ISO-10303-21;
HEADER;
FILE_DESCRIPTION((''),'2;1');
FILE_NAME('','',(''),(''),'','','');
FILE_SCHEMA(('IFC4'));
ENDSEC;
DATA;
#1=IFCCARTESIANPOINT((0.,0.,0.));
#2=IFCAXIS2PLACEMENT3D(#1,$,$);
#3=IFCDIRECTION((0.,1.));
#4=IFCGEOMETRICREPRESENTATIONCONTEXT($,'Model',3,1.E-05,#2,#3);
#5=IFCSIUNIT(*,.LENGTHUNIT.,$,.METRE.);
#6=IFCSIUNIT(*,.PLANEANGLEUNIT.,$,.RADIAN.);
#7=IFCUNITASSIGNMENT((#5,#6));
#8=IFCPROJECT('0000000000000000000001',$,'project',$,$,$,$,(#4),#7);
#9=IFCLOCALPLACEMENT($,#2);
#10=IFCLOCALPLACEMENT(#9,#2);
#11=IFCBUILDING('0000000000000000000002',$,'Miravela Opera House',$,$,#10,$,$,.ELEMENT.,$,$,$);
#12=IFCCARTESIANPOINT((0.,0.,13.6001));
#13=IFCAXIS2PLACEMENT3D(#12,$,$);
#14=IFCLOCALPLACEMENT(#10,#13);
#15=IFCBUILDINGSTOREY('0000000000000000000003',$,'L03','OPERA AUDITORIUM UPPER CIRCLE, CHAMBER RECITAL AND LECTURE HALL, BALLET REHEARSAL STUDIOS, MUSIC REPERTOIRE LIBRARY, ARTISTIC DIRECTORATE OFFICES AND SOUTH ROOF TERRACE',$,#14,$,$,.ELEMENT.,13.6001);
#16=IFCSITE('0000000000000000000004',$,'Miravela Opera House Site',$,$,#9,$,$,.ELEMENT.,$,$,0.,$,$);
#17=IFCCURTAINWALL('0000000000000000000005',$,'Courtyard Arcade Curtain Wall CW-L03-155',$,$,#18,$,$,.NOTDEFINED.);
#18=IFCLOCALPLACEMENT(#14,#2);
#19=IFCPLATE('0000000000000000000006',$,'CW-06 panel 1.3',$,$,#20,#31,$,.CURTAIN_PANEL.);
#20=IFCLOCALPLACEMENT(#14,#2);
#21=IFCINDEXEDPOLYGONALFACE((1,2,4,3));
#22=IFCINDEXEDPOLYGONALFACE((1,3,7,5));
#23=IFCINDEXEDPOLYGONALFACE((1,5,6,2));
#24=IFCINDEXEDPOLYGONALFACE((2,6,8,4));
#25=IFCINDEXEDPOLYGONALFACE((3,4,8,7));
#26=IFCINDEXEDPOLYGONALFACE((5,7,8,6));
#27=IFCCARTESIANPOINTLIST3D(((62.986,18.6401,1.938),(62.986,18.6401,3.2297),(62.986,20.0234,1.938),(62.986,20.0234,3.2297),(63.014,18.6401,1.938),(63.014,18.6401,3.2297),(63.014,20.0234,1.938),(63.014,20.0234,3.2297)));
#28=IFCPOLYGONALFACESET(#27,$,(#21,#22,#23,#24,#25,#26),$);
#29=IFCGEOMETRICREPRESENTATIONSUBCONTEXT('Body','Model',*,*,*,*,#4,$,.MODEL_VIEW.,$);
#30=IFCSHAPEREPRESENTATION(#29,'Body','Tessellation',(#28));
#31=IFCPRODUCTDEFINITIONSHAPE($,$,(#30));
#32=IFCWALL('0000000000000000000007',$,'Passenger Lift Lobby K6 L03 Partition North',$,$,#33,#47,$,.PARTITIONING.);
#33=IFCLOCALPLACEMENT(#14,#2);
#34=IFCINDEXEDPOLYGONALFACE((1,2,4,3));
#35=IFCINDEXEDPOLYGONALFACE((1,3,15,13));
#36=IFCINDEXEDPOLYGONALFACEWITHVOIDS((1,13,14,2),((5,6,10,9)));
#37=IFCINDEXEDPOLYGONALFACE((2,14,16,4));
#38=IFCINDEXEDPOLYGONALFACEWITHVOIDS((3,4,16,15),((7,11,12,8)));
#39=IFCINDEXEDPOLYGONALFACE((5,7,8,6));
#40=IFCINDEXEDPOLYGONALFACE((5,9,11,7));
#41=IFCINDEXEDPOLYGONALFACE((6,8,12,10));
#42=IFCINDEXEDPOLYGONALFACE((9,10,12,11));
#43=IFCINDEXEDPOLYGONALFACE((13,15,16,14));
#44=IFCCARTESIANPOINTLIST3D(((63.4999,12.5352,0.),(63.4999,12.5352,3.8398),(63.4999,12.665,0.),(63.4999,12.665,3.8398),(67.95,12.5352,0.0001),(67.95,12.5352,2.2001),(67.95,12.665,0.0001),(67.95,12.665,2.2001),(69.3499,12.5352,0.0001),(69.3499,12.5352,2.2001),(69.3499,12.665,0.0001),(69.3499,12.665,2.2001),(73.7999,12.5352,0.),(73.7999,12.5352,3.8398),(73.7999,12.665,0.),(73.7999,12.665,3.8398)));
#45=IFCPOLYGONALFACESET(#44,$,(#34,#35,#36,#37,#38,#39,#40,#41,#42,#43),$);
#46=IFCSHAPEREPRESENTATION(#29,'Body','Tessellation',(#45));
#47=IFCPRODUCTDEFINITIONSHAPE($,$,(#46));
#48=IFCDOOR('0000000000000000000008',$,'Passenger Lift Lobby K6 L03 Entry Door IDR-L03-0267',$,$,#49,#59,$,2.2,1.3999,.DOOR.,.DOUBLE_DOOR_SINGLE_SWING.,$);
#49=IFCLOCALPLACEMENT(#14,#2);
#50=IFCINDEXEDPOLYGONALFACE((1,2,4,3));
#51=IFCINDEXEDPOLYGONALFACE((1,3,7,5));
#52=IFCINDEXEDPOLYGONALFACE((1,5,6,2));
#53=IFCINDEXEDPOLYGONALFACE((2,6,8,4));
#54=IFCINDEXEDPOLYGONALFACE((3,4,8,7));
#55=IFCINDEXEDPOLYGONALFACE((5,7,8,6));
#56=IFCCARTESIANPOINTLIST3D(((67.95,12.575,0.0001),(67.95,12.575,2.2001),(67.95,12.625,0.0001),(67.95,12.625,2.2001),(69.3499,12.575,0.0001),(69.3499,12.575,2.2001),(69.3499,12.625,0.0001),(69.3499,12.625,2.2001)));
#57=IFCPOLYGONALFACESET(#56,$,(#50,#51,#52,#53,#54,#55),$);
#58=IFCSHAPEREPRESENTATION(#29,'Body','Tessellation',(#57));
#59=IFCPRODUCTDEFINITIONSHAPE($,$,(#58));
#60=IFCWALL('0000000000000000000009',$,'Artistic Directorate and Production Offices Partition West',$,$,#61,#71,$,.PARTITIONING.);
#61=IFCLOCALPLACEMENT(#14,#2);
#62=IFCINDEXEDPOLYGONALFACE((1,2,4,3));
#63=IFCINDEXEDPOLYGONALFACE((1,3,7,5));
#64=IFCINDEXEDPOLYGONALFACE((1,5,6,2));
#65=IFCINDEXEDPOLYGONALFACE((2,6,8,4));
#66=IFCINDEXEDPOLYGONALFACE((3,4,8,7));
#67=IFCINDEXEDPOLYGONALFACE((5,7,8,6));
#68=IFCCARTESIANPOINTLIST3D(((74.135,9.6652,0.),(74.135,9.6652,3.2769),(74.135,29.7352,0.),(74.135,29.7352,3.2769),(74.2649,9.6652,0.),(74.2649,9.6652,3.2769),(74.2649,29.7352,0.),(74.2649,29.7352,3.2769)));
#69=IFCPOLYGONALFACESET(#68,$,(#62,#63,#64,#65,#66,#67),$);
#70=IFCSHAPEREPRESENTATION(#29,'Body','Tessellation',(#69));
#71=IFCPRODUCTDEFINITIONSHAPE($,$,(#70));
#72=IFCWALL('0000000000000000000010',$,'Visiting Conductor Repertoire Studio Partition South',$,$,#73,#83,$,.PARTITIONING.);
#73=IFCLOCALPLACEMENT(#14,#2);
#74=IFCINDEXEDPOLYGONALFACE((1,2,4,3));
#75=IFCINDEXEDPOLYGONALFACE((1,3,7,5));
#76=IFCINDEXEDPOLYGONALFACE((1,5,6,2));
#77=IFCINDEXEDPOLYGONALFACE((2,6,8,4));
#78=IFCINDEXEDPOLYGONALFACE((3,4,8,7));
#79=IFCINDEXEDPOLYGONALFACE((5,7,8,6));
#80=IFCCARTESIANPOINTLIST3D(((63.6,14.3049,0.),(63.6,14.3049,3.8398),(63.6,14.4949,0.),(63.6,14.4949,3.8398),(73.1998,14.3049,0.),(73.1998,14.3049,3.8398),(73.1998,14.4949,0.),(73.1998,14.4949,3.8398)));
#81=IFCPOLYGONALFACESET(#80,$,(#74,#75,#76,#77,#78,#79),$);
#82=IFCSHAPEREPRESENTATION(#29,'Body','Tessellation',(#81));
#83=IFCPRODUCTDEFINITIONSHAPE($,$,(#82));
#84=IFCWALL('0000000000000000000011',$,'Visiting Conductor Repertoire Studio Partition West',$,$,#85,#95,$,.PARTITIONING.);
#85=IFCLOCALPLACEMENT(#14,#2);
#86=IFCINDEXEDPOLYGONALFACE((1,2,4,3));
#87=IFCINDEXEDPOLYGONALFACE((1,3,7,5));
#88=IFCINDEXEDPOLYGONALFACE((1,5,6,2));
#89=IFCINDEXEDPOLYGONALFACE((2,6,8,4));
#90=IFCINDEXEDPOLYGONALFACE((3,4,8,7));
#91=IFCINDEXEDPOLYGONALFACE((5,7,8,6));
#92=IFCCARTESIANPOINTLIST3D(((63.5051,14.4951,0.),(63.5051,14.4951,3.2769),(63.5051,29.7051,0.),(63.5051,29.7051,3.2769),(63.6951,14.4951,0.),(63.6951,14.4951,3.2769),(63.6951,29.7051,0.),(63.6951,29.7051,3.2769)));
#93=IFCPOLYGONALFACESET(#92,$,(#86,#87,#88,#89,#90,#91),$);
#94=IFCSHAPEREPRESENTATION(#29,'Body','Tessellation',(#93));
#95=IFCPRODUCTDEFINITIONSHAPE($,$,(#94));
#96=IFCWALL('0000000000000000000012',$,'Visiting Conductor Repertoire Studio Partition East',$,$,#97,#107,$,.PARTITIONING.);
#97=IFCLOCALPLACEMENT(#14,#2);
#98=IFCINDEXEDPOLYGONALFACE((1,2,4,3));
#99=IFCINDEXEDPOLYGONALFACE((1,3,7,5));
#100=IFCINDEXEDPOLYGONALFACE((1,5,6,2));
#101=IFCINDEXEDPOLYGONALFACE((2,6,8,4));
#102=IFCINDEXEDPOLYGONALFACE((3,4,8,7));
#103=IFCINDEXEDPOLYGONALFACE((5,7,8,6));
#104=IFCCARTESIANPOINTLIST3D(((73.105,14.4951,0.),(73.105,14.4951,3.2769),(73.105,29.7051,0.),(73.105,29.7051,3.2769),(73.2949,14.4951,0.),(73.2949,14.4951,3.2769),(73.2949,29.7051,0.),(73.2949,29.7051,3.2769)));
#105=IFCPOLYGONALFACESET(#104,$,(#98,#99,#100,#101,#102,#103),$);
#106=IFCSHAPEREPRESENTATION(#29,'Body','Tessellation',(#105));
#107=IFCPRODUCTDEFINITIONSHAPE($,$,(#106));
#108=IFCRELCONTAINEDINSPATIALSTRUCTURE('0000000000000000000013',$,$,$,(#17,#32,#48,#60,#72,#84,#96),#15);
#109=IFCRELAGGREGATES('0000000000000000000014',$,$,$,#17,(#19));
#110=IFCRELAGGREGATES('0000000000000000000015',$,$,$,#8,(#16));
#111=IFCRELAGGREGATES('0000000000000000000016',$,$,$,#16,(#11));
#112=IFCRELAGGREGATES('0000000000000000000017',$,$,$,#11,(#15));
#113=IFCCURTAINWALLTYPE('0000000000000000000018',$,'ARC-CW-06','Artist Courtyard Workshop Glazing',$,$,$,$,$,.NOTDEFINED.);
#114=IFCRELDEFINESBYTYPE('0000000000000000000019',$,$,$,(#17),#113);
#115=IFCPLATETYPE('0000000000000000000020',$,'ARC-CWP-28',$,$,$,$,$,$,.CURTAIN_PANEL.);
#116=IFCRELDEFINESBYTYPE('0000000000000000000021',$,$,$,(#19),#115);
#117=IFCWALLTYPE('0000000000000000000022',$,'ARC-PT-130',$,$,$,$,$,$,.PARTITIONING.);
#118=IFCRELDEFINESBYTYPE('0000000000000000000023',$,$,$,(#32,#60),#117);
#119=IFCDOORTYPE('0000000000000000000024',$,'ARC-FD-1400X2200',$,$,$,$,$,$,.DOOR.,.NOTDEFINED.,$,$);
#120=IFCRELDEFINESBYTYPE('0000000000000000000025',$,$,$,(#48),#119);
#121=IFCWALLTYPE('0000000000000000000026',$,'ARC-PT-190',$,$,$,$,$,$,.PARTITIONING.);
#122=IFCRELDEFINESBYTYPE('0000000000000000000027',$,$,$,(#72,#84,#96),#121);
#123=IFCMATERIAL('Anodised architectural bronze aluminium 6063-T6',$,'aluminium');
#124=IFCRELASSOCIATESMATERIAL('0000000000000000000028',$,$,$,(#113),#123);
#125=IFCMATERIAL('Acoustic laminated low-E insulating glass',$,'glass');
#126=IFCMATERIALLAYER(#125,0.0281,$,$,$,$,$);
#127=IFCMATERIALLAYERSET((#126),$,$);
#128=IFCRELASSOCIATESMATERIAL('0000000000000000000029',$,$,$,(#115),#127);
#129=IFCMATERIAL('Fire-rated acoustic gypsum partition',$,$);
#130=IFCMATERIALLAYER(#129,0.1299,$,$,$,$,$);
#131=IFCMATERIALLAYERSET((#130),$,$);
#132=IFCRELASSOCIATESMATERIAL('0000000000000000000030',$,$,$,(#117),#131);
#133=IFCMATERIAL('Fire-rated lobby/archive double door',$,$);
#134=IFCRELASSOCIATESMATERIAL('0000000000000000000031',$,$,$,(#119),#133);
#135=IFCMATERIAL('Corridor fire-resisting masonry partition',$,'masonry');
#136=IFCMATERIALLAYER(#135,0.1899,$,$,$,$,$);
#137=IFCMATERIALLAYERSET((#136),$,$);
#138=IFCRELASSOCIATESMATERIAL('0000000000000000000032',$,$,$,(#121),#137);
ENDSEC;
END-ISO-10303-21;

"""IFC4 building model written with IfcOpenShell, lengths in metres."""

from ifc_helpers import new_model, si_unit, direction, frame, frame_2d, origin, origin_2d, place, context, subcontext, project, spatial, rectangle, extrude, material, layer, layer_set, type_object, element, fill, aggregate, save


model = new_model("IFC4")

# Units and contexts
model_context = context("Model", 3, precision=1e-05, world=origin(), true_north=direction((0.0, 1.0)))
body_context = subcontext(model_context, "Body", "Model", "MODEL_VIEW")
ifc_project = project(units=[si_unit("LENGTHUNIT", "METRE"), si_unit("PLANEANGLEUNIT", "RADIAN")], contexts=[model_context])

# Site, building, storey
site_placement = place(None, origin())
site = spatial("IfcSite", under=ifc_project, at=site_placement, Name="Miravela Opera House Site", CompositionType="ELEMENT", RefElevation=0.0)
building_placement = place(site_placement, origin())
building = spatial("IfcBuilding", under=site, at=building_placement, Name="Miravela Opera House", CompositionType="ELEMENT")
storey_placement = place(building_placement, frame((0.0, 0.0, 13.6001)))
storey = spatial("IfcBuildingStorey", under=building, at=storey_placement, Name="L03", Description="OPERA AUDITORIUM UPPER CIRCLE, CHAMBER RECITAL AND LECTURE HALL, BALLET REHEARSAL STUDIOS, MUSIC REPERTOIRE LIBRARY, ARTISTIC DIRECTORATE OFFICES AND SOUTH ROOF TERRACE", CompositionType="ELEMENT", Elevation=13.6001)

# Curtain wall
ifc_material_1 = material(Name="Anodised architectural bronze aluminium 6063-T6", Category="aluminium")
curtain_wall_type = type_object("IfcCurtainWallType", Name="ARC-CW-06", Description="Artist Courtyard Workshop Glazing", PredefinedType="NOTDEFINED", material=ifc_material_1)
curtain_wall_placement = place(storey_placement, origin())
curtain_wall = element("IfcCurtainWall", 1, at=curtain_wall_placement, inside=storey, type_object=curtain_wall_type, Name="Courtyard Arcade Curtain Wall CW-L03-155", PredefinedType="NOTDEFINED")

# Plate
ifc_material_2 = material(Name="Acoustic laminated low-E insulating glass", Category="glass")
ifc_layer_1 = layer(ifc_material_2, 0.0281)
ifc_layer_set_1 = layer_set([ifc_layer_1])
plate_type = type_object("IfcPlateType", Name="ARC-CWP-28", PredefinedType="CURTAIN_PANEL", material=ifc_layer_set_1)
plate_1_placement = place(storey_placement, frame((63.0, 19.3318, 1.938), z_axis=(0.0, 0.0, 1.0), x_axis=(0.0, 1.0, 0.0)))
plate_1 = element("IfcPlate", 2, at=plate_1_placement, type_object=plate_type, Name="CW-06 panel 1.3", PredefinedType="CURTAIN_PANEL", context=body_context, shape_type="SweptSolid", body=[
    extrude(rectangle(XDim=1.3833, YDim=0.0281, at=origin_2d()), origin(), (0.0, 0.0, 1.0), 1.2917),
])
aggregate(curtain_wall, [plate_1])

# Wall, opening, door
ifc_material_3 = material(Name="Fire-rated acoustic gypsum partition")
ifc_layer_2 = layer(ifc_material_3, 0.1299)
ifc_layer_set_2 = layer_set([ifc_layer_2])
wall_type_1 = type_object("IfcWallType", Name="ARC-PT-130", PredefinedType="PARTITIONING", material=ifc_layer_set_2)
wall_1_placement = place(storey_placement, frame((63.5, 12.6001, 0.0), z_axis=(0.0, 0.0, 1.0), x_axis=(1.0, 0.0, 0.0)))
wall_1 = element("IfcWall", 3, at=wall_1_placement, inside=storey, type_object=wall_type_1, Name="Passenger Lift Lobby K6 L03 Partition North", PredefinedType="PARTITIONING", context=body_context, shape_type="SweptSolid", body=[
    extrude(rectangle(XDim=10.3, YDim=0.1299, at=frame_2d((5.1499, 0.0))), origin(), (0.0, 0.0, 1.0), 3.8398),
])
opening_placement = place(wall_1_placement, frame((4.45, 0.0, 0.0)))
opening = element("IfcOpeningElement", 4, at=opening_placement, cuts=wall_1, PredefinedType="OPENING", context=body_context, shape_type="SweptSolid", body=[
    extrude(rectangle(XDim=1.3999, YDim=2.2, at=frame_2d((0.7, 1.1001))), frame((0.0, 0.075, 0.0), z_axis=(0.0, -1.0, 0.0), x_axis=(1.0, 0.0, 0.0)), (0.0, 0.0, 1.0), 0.1499),
])
ifc_material_4 = material(Name="Fire-rated lobby/archive double door")
door_type = type_object("IfcDoorType", Name="ARC-FD-1400X2200", OperationType="NOTDEFINED", PredefinedType="DOOR", material=ifc_material_4)
door_placement = place(opening_placement, origin())
door = element("IfcDoor", 5, at=door_placement, inside=storey, type_object=door_type, Name="Passenger Lift Lobby K6 L03 Entry Door IDR-L03-0267", OperationType="DOUBLE_DOOR_SINGLE_SWING", OverallHeight=2.2, OverallWidth=1.3999, PredefinedType="DOOR", context=body_context, shape_type="SweptSolid", body=[
    extrude(rectangle(XDim=1.3999, YDim=2.2, at=frame_2d((0.7, 1.1001))), frame((0.0, 0.0249, 0.0), z_axis=(0.0, -1.0, 0.0), x_axis=(1.0, 0.0, 0.0)), (0.0, 0.0, 1.0), 0.05),
])
fill(opening, door)

# Walls
wall_2_placement = place(storey_placement, frame((74.2, 9.665, 0.0), z_axis=(0.0, 0.0, 1.0), x_axis=(0.0, 1.0, 0.0)))
element("IfcWall", 6, at=wall_2_placement, inside=storey, type_object=wall_type_1, Name="Artistic Directorate and Production Offices Partition West", PredefinedType="PARTITIONING", context=body_context, shape_type="SweptSolid", body=[
    extrude(rectangle(XDim=20.0701, YDim=0.1299, at=frame_2d((10.0352, 0.0))), origin(), (0.0, 0.0, 1.0), 3.2769),
])
ifc_material_5 = material(Name="Corridor fire-resisting masonry partition", Category="masonry")
ifc_layer_3 = layer(ifc_material_5, 0.1899)
ifc_layer_set_3 = layer_set([ifc_layer_3])
wall_type_2 = type_object("IfcWallType", Name="ARC-PT-190", PredefinedType="PARTITIONING", material=ifc_layer_set_3)
wall_3_placement = place(storey_placement, frame((63.6001, 14.3999, 0.0), z_axis=(0.0, 0.0, 1.0), x_axis=(1.0, 0.0, 0.0)))
element("IfcWall", 7, at=wall_3_placement, inside=storey, type_object=wall_type_2, Name="Visiting Conductor Repertoire Studio Partition South", PredefinedType="PARTITIONING", context=body_context, shape_type="SweptSolid", body=[
    extrude(rectangle(XDim=9.5999, YDim=0.1899, at=frame_2d((4.7998, 0.0))), origin(), (0.0, 0.0, 1.0), 3.8398),
])
for number, where, z_axis, x_axis, name in (
    (8, (63.6001, 14.4951, 0.0), (0.0, 0.0, 1.0), (0.0, 1.0, 0.0), "Visiting Conductor Repertoire Studio Partition West"),
    (9, (73.2, 14.4951, 0.0), (0.0, 0.0, 1.0), (0.0, 1.0, 0.0), "Visiting Conductor Repertoire Studio Partition East"),
):
    element("IfcWall", number, at=place(storey_placement, frame(where, z_axis=z_axis, x_axis=x_axis)), inside=storey, type_object=wall_type_2, Name=name, PredefinedType="PARTITIONING", context=body_context, shape_type="SweptSolid", body=[
        extrude(rectangle(XDim=15.21, YDim=0.1899, at=frame_2d((7.605, 0.0))), origin(), (0.0, 0.0, 1.0), 3.2769),
    ])

save(model, "model.ifc")
